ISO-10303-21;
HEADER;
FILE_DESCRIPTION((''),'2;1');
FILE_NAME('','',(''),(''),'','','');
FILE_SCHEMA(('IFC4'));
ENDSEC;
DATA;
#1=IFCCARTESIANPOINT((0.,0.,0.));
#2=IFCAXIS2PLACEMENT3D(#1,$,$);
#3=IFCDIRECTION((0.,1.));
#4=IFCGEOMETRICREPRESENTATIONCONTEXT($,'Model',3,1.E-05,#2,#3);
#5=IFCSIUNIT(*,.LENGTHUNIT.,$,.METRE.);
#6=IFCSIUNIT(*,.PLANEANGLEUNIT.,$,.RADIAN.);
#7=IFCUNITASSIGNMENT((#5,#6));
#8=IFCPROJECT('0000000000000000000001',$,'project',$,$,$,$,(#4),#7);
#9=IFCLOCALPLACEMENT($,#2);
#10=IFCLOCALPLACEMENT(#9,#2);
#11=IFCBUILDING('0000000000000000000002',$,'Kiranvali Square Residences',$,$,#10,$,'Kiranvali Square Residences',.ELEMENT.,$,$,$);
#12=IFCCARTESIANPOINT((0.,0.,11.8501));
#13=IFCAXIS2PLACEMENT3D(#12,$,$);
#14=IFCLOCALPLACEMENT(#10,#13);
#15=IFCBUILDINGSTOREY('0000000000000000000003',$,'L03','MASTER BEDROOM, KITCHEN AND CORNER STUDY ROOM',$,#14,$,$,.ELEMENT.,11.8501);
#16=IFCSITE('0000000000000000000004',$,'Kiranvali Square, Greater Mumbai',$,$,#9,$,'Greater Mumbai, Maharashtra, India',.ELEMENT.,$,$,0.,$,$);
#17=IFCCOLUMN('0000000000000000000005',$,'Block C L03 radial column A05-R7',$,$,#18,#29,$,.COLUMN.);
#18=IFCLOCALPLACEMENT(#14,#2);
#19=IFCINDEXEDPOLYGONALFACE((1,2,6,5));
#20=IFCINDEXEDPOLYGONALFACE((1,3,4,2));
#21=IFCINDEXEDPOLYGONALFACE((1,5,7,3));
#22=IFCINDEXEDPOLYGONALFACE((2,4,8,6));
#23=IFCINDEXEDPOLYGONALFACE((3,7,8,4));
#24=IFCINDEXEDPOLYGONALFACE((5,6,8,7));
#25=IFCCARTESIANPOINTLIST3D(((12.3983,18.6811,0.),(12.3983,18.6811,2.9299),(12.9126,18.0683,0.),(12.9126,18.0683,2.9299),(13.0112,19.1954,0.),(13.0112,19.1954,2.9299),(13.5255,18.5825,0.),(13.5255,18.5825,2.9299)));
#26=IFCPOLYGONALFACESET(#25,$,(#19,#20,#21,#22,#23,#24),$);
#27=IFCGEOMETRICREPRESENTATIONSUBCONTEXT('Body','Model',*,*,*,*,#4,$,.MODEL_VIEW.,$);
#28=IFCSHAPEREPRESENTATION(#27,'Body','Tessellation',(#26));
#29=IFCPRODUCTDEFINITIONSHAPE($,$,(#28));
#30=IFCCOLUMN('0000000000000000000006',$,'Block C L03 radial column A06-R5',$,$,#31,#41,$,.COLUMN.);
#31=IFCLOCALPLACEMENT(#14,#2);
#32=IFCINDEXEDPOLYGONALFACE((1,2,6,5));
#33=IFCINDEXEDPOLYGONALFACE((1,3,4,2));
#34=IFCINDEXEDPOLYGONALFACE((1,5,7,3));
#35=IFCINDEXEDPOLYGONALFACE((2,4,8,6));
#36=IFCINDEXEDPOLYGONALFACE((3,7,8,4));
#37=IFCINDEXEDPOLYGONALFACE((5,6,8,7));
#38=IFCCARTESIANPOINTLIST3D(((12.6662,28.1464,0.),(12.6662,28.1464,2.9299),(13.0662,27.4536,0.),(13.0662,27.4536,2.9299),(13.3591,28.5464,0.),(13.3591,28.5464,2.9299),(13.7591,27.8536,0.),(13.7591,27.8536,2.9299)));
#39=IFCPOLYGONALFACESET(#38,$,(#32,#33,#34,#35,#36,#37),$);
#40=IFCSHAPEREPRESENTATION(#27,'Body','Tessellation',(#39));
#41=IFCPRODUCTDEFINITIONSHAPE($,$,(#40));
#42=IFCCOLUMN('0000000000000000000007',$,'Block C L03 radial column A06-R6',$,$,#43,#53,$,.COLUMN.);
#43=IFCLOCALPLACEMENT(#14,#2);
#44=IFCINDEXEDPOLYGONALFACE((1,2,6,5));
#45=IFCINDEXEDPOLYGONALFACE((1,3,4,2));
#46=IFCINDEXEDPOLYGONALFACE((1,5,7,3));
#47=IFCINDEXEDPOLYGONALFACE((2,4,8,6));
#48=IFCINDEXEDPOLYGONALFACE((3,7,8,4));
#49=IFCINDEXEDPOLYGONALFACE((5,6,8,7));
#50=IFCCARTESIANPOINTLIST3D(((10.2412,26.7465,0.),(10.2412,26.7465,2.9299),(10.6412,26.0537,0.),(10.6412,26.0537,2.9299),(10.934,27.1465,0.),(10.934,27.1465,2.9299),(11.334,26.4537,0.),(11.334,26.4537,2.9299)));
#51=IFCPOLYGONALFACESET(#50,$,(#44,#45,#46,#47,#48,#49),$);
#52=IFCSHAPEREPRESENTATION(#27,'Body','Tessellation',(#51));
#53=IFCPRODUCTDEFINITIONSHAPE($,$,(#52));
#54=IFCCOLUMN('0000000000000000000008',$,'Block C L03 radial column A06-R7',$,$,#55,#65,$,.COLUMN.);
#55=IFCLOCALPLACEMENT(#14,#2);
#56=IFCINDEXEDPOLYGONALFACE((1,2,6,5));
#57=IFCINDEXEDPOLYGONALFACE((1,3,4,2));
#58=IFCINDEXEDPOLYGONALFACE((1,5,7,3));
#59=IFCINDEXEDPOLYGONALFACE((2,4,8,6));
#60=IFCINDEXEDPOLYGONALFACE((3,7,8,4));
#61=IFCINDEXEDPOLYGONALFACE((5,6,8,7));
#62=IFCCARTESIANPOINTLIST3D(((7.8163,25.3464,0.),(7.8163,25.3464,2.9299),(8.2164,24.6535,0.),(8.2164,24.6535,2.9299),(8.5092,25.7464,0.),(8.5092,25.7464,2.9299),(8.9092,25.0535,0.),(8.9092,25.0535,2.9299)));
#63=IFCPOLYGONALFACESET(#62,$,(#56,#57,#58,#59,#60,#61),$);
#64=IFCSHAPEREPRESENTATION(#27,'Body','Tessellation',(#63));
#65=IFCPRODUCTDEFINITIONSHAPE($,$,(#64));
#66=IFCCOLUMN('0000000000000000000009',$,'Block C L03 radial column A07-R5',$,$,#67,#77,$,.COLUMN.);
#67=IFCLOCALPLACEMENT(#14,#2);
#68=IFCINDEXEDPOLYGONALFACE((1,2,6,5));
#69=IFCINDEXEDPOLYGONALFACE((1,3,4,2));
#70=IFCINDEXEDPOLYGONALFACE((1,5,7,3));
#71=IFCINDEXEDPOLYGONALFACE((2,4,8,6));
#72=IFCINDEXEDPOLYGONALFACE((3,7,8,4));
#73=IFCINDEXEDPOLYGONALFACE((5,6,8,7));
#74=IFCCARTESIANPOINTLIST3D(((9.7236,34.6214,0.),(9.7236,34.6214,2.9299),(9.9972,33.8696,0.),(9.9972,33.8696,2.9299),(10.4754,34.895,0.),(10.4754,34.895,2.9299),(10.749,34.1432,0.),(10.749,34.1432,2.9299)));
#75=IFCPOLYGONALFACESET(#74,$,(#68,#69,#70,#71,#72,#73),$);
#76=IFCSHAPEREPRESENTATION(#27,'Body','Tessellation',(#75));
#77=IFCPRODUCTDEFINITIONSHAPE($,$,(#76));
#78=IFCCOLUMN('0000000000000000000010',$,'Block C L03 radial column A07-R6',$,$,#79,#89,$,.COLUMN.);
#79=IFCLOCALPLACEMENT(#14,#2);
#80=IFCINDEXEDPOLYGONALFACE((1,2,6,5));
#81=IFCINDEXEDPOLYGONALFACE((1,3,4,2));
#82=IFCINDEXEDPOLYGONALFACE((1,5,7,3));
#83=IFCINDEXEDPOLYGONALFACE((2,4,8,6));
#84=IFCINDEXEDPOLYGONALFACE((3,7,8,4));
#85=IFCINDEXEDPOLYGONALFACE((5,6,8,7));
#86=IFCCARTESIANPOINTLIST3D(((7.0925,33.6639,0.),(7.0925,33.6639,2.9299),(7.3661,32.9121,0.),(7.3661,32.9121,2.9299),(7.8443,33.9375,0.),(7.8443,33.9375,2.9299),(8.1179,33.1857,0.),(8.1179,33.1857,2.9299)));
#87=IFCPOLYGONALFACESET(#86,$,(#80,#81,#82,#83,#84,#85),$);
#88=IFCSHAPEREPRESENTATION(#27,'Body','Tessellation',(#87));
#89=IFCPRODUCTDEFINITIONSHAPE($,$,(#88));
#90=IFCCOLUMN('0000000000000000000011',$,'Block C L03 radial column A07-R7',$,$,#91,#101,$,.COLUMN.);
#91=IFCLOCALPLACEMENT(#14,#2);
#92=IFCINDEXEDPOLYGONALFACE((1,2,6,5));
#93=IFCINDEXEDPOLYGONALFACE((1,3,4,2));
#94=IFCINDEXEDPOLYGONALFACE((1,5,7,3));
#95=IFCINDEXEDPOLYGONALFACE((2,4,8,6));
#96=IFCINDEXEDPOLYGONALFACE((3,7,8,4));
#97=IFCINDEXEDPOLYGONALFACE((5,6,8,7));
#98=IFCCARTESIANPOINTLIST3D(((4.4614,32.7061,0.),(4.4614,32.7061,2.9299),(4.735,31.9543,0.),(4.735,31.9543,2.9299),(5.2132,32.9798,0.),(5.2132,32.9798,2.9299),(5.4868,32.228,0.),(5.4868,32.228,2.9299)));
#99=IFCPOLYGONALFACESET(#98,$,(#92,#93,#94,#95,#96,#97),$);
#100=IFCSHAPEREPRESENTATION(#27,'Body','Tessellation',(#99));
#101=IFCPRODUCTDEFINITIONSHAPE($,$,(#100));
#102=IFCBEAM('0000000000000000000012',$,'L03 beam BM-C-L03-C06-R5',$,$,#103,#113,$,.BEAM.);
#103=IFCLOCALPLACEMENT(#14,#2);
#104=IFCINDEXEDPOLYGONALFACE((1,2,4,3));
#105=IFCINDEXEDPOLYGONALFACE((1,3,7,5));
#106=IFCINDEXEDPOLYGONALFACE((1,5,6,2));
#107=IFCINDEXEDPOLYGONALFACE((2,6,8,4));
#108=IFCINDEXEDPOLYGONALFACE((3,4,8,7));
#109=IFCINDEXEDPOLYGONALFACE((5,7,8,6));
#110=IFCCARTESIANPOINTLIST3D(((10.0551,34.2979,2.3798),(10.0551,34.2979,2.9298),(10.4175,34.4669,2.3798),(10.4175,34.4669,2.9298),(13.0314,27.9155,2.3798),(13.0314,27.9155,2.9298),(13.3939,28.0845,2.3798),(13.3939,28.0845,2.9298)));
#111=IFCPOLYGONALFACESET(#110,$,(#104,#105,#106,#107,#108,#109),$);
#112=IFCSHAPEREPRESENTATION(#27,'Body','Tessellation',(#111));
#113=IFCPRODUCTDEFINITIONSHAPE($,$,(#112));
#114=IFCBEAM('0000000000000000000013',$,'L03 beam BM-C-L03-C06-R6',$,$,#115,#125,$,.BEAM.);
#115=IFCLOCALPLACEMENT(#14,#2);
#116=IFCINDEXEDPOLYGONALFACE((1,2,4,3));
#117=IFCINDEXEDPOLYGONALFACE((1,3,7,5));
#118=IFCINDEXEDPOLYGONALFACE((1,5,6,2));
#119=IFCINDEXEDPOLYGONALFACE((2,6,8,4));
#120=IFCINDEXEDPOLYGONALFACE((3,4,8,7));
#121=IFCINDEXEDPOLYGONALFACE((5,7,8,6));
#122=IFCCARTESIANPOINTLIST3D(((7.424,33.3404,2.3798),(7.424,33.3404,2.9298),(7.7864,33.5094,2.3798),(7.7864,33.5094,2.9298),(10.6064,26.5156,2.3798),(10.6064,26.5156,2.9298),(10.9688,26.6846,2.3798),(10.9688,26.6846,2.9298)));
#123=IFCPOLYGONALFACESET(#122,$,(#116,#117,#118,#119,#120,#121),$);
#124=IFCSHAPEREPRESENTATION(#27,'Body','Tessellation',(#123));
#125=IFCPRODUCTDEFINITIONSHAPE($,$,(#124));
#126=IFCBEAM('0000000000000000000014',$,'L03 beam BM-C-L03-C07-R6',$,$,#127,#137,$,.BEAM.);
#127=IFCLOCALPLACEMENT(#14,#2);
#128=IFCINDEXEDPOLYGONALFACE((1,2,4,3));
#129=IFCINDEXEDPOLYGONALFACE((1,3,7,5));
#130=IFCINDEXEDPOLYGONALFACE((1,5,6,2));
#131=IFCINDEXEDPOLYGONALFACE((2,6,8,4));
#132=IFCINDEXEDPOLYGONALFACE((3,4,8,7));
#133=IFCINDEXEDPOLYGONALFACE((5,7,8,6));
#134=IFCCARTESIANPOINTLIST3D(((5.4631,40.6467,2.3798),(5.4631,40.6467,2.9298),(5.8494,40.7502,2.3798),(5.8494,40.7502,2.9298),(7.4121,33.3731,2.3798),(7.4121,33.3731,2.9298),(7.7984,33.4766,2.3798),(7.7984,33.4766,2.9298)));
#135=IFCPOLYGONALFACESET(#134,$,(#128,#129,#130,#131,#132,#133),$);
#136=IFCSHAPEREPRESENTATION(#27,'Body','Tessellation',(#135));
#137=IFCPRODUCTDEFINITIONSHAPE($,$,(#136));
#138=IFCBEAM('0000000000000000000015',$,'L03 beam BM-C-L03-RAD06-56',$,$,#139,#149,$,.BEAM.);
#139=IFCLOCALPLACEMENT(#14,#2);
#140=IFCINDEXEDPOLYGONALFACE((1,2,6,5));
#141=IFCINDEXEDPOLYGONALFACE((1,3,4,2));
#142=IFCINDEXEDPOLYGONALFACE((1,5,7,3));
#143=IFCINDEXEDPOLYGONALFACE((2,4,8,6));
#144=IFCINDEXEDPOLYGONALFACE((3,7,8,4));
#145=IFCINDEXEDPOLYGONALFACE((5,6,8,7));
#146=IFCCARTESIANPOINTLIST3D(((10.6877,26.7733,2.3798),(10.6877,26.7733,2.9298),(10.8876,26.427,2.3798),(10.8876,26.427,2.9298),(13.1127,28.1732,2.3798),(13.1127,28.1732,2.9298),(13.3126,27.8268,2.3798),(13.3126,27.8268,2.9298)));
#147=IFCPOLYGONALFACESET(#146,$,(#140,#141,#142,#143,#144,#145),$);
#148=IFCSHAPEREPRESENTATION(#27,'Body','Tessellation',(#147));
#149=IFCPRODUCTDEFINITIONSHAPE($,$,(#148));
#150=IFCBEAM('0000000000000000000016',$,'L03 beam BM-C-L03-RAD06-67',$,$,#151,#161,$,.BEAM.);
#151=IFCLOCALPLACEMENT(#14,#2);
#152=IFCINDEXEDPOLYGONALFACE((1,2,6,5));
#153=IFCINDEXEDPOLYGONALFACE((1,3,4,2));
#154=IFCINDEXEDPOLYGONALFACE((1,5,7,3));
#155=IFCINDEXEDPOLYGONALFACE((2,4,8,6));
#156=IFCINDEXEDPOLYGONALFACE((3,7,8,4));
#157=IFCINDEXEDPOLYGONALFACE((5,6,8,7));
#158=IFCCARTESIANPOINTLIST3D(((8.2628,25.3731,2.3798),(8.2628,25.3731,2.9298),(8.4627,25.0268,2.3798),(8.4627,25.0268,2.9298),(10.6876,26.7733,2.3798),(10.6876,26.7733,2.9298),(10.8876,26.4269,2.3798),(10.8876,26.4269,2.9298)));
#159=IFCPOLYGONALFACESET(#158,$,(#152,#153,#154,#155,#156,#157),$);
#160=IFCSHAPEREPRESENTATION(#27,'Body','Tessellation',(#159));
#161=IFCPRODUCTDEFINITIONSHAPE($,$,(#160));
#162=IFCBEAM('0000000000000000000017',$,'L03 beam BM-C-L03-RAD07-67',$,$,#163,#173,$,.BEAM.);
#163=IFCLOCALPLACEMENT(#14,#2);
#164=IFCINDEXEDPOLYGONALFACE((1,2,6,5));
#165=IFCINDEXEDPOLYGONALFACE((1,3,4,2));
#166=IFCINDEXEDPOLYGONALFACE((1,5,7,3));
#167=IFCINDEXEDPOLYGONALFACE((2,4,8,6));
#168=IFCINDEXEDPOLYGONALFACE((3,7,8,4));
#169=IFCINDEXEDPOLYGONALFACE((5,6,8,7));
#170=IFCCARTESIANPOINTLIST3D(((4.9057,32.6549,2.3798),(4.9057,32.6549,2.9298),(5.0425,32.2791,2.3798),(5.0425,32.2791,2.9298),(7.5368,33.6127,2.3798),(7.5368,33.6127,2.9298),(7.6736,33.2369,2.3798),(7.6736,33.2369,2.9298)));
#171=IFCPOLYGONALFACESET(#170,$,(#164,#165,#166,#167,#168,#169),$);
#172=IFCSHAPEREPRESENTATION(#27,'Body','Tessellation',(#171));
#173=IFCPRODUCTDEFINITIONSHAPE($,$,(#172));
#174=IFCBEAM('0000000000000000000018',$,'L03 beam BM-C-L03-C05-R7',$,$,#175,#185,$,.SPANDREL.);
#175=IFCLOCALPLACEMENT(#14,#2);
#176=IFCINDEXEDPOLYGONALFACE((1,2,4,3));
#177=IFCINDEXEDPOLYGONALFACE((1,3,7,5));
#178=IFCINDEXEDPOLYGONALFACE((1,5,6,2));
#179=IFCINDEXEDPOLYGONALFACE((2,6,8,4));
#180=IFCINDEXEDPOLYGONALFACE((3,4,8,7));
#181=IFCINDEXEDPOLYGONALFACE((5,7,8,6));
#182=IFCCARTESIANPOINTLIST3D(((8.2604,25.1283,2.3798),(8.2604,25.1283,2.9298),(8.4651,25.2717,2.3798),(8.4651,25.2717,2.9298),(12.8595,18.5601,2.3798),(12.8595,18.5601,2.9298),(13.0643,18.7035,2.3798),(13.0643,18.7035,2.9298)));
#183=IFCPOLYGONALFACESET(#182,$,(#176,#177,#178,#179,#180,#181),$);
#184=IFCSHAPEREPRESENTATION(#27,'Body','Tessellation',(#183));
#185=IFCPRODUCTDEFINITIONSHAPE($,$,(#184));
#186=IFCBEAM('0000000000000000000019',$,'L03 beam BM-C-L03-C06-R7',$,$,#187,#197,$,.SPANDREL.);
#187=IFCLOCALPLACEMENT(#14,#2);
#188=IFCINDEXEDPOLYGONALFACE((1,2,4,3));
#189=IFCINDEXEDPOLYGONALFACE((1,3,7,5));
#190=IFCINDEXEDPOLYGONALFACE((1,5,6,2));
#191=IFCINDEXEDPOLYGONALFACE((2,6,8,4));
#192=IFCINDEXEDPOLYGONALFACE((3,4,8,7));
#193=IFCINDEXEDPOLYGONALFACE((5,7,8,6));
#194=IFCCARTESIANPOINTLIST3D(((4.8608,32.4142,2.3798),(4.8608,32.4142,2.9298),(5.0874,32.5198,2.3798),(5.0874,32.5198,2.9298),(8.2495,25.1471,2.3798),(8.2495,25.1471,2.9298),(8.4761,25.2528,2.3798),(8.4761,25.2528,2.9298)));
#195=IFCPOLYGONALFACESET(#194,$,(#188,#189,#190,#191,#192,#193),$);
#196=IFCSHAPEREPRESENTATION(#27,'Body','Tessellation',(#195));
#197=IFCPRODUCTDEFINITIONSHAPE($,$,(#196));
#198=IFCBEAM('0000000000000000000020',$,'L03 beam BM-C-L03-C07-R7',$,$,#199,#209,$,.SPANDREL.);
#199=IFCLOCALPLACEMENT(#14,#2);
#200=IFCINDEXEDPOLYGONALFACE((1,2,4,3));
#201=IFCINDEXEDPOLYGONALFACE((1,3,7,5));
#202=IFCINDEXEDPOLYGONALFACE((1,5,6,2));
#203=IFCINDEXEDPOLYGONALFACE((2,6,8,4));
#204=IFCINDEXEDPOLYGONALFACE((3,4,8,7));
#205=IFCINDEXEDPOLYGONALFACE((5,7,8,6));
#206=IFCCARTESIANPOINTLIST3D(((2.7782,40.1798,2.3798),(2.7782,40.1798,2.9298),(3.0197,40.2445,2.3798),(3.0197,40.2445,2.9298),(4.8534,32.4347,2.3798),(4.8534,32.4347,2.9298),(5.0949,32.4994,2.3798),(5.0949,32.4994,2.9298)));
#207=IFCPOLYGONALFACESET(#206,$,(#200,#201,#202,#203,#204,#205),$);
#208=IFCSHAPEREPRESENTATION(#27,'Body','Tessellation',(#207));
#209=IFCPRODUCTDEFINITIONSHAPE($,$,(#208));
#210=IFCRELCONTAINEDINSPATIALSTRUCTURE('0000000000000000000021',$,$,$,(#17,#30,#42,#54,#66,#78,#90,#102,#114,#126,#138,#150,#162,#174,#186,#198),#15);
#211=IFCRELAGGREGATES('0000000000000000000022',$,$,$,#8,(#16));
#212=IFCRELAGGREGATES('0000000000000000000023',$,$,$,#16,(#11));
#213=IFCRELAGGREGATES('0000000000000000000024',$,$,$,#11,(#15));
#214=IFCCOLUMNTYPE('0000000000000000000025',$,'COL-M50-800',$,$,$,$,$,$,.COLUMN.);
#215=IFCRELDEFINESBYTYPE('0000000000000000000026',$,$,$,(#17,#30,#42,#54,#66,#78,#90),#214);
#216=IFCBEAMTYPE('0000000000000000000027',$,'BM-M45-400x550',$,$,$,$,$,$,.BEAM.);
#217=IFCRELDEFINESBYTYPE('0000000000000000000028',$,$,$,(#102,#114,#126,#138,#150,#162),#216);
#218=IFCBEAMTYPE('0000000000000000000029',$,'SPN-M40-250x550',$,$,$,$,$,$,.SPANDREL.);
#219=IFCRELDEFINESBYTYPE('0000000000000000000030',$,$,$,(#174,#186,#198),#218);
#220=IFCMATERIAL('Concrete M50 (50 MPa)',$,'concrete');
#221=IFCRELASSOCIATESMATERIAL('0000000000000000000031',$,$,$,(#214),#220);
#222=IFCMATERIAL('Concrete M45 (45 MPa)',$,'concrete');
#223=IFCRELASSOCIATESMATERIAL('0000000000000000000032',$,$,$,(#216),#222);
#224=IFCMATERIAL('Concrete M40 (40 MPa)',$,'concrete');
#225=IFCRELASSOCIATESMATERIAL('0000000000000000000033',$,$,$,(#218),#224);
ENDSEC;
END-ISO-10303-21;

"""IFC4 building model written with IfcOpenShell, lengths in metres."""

from ifc_helpers import new_model, si_unit, direction, frame, origin, origin_2d, place, context, subcontext, project, spatial, rectangle, extrude, material, material_profile, profile_set, type_object, element, save


model = new_model("IFC4")

# Units and contexts
model_context = context("Model", 3, precision=1e-05, world=origin(), true_north=direction((0.0, 1.0)))
body_context = subcontext(model_context, "Body", "Model", "MODEL_VIEW")
ifc_project = project(units=[si_unit("LENGTHUNIT", "METRE"), si_unit("PLANEANGLEUNIT", "RADIAN")], contexts=[model_context])

# Site, building, storey
site_placement = place(None, origin())
site = spatial("IfcSite", under=ifc_project, at=site_placement, Name="Kiranvali Square, Greater Mumbai", LongName="Greater Mumbai, Maharashtra, India", CompositionType="ELEMENT", RefElevation=0.0)
building_placement = place(site_placement, origin())
building = spatial("IfcBuilding", under=site, at=building_placement, Name="Kiranvali Square Residences", LongName="Kiranvali Square Residences", CompositionType="ELEMENT")
storey_placement = place(building_placement, frame((0.0, 0.0, 11.8501)))
storey = spatial("IfcBuildingStorey", under=building, at=storey_placement, Name="L03", Description="MASTER BEDROOM, KITCHEN AND CORNER STUDY ROOM", CompositionType="ELEMENT", Elevation=11.8501)

# Columns
ifc_material_1 = material(Name="Concrete M50 (50 MPa)", Category="concrete")
ifc_material_profile_1 = material_profile(ifc_material_1, rectangle(XDim=0.8, YDim=0.8, at=origin_2d()), Name="RC 800x800")
ifc_profile_set_1 = profile_set([ifc_material_profile_1], Name="Concrete M50 (50 MPa)")
column_type = type_object("IfcColumnType", Name="COL-M50-800", PredefinedType="COLUMN", material=ifc_profile_set_1)
for number, where, z_axis, x_axis, name in (
    (1, (12.9619, 18.6318, 0.0), (0.0, 0.0, 1.0), (-0.642788, 0.766044, 0.0), "Block C L03 radial column A05-R7"),
    (2, (13.2126, 28.0, 0.0), (0.0, 0.0, 1.0), (-0.5, 0.866025, 0.0), "Block C L03 radial column A06-R5"),
    (3, (10.7876, 26.6001, 0.0), (0.0, 0.0, 1.0), (-0.5, 0.866025, 0.0), "Block C L03 radial column A06-R6"),
    (4, (8.3628, 25.2, 0.0), (0.0, 0.0, 1.0), (-0.5, 0.866025, 0.0), "Block C L03 radial column A06-R7"),
    (5, (10.2363, 34.3823, 0.0), (0.0, 0.0, 1.0), (-0.34202, 0.939693, 0.0), "Block C L03 radial column A07-R5"),
    (6, (7.6052, 33.4248, 0.0), (0.0, 0.0, 1.0), (-0.34202, 0.939693, 0.0), "Block C L03 radial column A07-R6"),
    (7, (4.9741, 32.467, 0.0), (0.0, 0.0, 1.0), (-0.34202, 0.939693, 0.0), "Block C L03 radial column A07-R7"),
):
    element("IfcColumn", number, at=place(storey_placement, frame(where, z_axis=z_axis, x_axis=x_axis)), inside=storey, type_object=column_type, Name=name, PredefinedType="COLUMN", context=body_context, shape_type="SweptSolid", body=[
        extrude(rectangle(XDim=0.8, YDim=0.8, at=origin_2d()), origin(), (0.0, 0.0, 1.0), 2.9299),
    ])

# Beams
ifc_material_2 = material(Name="Concrete M45 (45 MPa)", Category="concrete")
ifc_material_profile_2 = material_profile(ifc_material_2, rectangle(XDim=0.3999, YDim=0.55, at=origin_2d()), Name="RC 400x550")
ifc_profile_set_2 = profile_set([ifc_material_profile_2], Name="Concrete M45 (45 MPa)")
beam_type_1 = type_object("IfcBeamType", Name="BM-M45-400x550", PredefinedType="BEAM", material=ifc_profile_set_2)
beam_placement = place(storey_placement, frame((13.2126, 28.0, 2.6548), z_axis=(-0.422641, 0.906297, 0.0), x_axis=(-0.906297, -0.422641, 0.0)))
element("IfcBeam", 8, at=beam_placement, inside=storey, type_object=beam_type_1, Name="L03 beam BM-C-L03-C06-R5", PredefinedType="BEAM", context=body_context, shape_type="SweptSolid", body=[
    extrude(rectangle(XDim=0.3999, YDim=0.55, at=origin_2d()), origin(), (0.0, 0.0, 1.0), 7.0422),
])
for number, where, z_axis, x_axis, name in (
    (9, (10.7876, 26.6001, 2.6548), (-0.422614, 0.90631, 0.0), (-0.90631, -0.422614, 0.0), "L03 beam BM-C-L03-C06-R6"),
    (10, (7.6052, 33.4248, 2.6548), (-0.258819, 0.965926, 0.0), (-0.965926, -0.258819, 0.0), "L03 beam BM-C-L03-C07-R6"),
):
    element("IfcBeam", number, at=place(storey_placement, frame(where, z_axis=z_axis, x_axis=x_axis)), inside=storey, type_object=beam_type_1, Name=name, PredefinedType="BEAM", context=body_context, shape_type="SweptSolid", body=[
        extrude(rectangle(XDim=0.3999, YDim=0.55, at=origin_2d()), origin(), (0.0, 0.0, 1.0), 7.5303),
    ])
for number, where, z_axis, x_axis, name in (
    (11, (13.2126, 28.0, 2.6548), (-0.866056, -0.499946, 0.0), (0.499946, -0.866056, 0.0), "L03 beam BM-C-L03-RAD06-56"),
    (12, (10.7876, 26.6001, 2.6548), (-0.865997, -0.50005, 0.0), (0.50005, -0.865997, 0.0), "L03 beam BM-C-L03-RAD06-67"),
    (13, (7.6052, 33.4248, 2.6548), (-0.939679, -0.342058, 0.0), (0.342058, -0.939679, 0.0), "L03 beam BM-C-L03-RAD07-67"),
):
    element("IfcBeam", number, at=place(storey_placement, frame(where, z_axis=z_axis, x_axis=x_axis)), inside=storey, type_object=beam_type_1, Name=name, PredefinedType="BEAM", context=body_context, shape_type="SweptSolid", body=[
        extrude(rectangle(XDim=0.3999, YDim=0.55, at=origin_2d()), origin(), (0.0, 0.0, 1.0), 2.8),
    ])
ifc_material_3 = material(Name="Concrete M40 (40 MPa)", Category="concrete")
ifc_material_profile_3 = material_profile(ifc_material_3, rectangle(XDim=0.25, YDim=0.55, at=origin_2d()), Name="RC 250x550")
ifc_profile_set_3 = profile_set([ifc_material_profile_3], Name="Concrete M40 (40 MPa)")
beam_type_2 = type_object("IfcBeamType", Name="SPN-M40-250x550", PredefinedType="SPANDREL", material=ifc_profile_set_3)
for number, where, z_axis, x_axis, name in (
    (14, (12.9619, 18.6318, 2.6548), (-0.573583, 0.819148, 0.0), (-0.819148, -0.573583, 0.0), "L03 beam BM-C-L03-C05-R7"),
    (15, (8.3628, 25.2, 2.6548), (-0.422615, 0.906309, 0.0), (-0.906309, -0.422615, 0.0), "L03 beam BM-C-L03-C06-R7"),
    (16, (4.9741, 32.467, 2.6548), (-0.258807, 0.965929, 0.0), (-0.965929, -0.258807, 0.0), "L03 beam BM-C-L03-C07-R7"),
):
    element("IfcBeam", number, at=place(storey_placement, frame(where, z_axis=z_axis, x_axis=x_axis)), inside=storey, type_object=beam_type_2, Name=name, PredefinedType="SPANDREL", context=body_context, shape_type="SweptSolid", body=[
        extrude(rectangle(XDim=0.25, YDim=0.55, at=origin_2d()), origin(), (0.0, 0.0, 1.0), 8.0183),
    ])

save(model, "model.ifc")
